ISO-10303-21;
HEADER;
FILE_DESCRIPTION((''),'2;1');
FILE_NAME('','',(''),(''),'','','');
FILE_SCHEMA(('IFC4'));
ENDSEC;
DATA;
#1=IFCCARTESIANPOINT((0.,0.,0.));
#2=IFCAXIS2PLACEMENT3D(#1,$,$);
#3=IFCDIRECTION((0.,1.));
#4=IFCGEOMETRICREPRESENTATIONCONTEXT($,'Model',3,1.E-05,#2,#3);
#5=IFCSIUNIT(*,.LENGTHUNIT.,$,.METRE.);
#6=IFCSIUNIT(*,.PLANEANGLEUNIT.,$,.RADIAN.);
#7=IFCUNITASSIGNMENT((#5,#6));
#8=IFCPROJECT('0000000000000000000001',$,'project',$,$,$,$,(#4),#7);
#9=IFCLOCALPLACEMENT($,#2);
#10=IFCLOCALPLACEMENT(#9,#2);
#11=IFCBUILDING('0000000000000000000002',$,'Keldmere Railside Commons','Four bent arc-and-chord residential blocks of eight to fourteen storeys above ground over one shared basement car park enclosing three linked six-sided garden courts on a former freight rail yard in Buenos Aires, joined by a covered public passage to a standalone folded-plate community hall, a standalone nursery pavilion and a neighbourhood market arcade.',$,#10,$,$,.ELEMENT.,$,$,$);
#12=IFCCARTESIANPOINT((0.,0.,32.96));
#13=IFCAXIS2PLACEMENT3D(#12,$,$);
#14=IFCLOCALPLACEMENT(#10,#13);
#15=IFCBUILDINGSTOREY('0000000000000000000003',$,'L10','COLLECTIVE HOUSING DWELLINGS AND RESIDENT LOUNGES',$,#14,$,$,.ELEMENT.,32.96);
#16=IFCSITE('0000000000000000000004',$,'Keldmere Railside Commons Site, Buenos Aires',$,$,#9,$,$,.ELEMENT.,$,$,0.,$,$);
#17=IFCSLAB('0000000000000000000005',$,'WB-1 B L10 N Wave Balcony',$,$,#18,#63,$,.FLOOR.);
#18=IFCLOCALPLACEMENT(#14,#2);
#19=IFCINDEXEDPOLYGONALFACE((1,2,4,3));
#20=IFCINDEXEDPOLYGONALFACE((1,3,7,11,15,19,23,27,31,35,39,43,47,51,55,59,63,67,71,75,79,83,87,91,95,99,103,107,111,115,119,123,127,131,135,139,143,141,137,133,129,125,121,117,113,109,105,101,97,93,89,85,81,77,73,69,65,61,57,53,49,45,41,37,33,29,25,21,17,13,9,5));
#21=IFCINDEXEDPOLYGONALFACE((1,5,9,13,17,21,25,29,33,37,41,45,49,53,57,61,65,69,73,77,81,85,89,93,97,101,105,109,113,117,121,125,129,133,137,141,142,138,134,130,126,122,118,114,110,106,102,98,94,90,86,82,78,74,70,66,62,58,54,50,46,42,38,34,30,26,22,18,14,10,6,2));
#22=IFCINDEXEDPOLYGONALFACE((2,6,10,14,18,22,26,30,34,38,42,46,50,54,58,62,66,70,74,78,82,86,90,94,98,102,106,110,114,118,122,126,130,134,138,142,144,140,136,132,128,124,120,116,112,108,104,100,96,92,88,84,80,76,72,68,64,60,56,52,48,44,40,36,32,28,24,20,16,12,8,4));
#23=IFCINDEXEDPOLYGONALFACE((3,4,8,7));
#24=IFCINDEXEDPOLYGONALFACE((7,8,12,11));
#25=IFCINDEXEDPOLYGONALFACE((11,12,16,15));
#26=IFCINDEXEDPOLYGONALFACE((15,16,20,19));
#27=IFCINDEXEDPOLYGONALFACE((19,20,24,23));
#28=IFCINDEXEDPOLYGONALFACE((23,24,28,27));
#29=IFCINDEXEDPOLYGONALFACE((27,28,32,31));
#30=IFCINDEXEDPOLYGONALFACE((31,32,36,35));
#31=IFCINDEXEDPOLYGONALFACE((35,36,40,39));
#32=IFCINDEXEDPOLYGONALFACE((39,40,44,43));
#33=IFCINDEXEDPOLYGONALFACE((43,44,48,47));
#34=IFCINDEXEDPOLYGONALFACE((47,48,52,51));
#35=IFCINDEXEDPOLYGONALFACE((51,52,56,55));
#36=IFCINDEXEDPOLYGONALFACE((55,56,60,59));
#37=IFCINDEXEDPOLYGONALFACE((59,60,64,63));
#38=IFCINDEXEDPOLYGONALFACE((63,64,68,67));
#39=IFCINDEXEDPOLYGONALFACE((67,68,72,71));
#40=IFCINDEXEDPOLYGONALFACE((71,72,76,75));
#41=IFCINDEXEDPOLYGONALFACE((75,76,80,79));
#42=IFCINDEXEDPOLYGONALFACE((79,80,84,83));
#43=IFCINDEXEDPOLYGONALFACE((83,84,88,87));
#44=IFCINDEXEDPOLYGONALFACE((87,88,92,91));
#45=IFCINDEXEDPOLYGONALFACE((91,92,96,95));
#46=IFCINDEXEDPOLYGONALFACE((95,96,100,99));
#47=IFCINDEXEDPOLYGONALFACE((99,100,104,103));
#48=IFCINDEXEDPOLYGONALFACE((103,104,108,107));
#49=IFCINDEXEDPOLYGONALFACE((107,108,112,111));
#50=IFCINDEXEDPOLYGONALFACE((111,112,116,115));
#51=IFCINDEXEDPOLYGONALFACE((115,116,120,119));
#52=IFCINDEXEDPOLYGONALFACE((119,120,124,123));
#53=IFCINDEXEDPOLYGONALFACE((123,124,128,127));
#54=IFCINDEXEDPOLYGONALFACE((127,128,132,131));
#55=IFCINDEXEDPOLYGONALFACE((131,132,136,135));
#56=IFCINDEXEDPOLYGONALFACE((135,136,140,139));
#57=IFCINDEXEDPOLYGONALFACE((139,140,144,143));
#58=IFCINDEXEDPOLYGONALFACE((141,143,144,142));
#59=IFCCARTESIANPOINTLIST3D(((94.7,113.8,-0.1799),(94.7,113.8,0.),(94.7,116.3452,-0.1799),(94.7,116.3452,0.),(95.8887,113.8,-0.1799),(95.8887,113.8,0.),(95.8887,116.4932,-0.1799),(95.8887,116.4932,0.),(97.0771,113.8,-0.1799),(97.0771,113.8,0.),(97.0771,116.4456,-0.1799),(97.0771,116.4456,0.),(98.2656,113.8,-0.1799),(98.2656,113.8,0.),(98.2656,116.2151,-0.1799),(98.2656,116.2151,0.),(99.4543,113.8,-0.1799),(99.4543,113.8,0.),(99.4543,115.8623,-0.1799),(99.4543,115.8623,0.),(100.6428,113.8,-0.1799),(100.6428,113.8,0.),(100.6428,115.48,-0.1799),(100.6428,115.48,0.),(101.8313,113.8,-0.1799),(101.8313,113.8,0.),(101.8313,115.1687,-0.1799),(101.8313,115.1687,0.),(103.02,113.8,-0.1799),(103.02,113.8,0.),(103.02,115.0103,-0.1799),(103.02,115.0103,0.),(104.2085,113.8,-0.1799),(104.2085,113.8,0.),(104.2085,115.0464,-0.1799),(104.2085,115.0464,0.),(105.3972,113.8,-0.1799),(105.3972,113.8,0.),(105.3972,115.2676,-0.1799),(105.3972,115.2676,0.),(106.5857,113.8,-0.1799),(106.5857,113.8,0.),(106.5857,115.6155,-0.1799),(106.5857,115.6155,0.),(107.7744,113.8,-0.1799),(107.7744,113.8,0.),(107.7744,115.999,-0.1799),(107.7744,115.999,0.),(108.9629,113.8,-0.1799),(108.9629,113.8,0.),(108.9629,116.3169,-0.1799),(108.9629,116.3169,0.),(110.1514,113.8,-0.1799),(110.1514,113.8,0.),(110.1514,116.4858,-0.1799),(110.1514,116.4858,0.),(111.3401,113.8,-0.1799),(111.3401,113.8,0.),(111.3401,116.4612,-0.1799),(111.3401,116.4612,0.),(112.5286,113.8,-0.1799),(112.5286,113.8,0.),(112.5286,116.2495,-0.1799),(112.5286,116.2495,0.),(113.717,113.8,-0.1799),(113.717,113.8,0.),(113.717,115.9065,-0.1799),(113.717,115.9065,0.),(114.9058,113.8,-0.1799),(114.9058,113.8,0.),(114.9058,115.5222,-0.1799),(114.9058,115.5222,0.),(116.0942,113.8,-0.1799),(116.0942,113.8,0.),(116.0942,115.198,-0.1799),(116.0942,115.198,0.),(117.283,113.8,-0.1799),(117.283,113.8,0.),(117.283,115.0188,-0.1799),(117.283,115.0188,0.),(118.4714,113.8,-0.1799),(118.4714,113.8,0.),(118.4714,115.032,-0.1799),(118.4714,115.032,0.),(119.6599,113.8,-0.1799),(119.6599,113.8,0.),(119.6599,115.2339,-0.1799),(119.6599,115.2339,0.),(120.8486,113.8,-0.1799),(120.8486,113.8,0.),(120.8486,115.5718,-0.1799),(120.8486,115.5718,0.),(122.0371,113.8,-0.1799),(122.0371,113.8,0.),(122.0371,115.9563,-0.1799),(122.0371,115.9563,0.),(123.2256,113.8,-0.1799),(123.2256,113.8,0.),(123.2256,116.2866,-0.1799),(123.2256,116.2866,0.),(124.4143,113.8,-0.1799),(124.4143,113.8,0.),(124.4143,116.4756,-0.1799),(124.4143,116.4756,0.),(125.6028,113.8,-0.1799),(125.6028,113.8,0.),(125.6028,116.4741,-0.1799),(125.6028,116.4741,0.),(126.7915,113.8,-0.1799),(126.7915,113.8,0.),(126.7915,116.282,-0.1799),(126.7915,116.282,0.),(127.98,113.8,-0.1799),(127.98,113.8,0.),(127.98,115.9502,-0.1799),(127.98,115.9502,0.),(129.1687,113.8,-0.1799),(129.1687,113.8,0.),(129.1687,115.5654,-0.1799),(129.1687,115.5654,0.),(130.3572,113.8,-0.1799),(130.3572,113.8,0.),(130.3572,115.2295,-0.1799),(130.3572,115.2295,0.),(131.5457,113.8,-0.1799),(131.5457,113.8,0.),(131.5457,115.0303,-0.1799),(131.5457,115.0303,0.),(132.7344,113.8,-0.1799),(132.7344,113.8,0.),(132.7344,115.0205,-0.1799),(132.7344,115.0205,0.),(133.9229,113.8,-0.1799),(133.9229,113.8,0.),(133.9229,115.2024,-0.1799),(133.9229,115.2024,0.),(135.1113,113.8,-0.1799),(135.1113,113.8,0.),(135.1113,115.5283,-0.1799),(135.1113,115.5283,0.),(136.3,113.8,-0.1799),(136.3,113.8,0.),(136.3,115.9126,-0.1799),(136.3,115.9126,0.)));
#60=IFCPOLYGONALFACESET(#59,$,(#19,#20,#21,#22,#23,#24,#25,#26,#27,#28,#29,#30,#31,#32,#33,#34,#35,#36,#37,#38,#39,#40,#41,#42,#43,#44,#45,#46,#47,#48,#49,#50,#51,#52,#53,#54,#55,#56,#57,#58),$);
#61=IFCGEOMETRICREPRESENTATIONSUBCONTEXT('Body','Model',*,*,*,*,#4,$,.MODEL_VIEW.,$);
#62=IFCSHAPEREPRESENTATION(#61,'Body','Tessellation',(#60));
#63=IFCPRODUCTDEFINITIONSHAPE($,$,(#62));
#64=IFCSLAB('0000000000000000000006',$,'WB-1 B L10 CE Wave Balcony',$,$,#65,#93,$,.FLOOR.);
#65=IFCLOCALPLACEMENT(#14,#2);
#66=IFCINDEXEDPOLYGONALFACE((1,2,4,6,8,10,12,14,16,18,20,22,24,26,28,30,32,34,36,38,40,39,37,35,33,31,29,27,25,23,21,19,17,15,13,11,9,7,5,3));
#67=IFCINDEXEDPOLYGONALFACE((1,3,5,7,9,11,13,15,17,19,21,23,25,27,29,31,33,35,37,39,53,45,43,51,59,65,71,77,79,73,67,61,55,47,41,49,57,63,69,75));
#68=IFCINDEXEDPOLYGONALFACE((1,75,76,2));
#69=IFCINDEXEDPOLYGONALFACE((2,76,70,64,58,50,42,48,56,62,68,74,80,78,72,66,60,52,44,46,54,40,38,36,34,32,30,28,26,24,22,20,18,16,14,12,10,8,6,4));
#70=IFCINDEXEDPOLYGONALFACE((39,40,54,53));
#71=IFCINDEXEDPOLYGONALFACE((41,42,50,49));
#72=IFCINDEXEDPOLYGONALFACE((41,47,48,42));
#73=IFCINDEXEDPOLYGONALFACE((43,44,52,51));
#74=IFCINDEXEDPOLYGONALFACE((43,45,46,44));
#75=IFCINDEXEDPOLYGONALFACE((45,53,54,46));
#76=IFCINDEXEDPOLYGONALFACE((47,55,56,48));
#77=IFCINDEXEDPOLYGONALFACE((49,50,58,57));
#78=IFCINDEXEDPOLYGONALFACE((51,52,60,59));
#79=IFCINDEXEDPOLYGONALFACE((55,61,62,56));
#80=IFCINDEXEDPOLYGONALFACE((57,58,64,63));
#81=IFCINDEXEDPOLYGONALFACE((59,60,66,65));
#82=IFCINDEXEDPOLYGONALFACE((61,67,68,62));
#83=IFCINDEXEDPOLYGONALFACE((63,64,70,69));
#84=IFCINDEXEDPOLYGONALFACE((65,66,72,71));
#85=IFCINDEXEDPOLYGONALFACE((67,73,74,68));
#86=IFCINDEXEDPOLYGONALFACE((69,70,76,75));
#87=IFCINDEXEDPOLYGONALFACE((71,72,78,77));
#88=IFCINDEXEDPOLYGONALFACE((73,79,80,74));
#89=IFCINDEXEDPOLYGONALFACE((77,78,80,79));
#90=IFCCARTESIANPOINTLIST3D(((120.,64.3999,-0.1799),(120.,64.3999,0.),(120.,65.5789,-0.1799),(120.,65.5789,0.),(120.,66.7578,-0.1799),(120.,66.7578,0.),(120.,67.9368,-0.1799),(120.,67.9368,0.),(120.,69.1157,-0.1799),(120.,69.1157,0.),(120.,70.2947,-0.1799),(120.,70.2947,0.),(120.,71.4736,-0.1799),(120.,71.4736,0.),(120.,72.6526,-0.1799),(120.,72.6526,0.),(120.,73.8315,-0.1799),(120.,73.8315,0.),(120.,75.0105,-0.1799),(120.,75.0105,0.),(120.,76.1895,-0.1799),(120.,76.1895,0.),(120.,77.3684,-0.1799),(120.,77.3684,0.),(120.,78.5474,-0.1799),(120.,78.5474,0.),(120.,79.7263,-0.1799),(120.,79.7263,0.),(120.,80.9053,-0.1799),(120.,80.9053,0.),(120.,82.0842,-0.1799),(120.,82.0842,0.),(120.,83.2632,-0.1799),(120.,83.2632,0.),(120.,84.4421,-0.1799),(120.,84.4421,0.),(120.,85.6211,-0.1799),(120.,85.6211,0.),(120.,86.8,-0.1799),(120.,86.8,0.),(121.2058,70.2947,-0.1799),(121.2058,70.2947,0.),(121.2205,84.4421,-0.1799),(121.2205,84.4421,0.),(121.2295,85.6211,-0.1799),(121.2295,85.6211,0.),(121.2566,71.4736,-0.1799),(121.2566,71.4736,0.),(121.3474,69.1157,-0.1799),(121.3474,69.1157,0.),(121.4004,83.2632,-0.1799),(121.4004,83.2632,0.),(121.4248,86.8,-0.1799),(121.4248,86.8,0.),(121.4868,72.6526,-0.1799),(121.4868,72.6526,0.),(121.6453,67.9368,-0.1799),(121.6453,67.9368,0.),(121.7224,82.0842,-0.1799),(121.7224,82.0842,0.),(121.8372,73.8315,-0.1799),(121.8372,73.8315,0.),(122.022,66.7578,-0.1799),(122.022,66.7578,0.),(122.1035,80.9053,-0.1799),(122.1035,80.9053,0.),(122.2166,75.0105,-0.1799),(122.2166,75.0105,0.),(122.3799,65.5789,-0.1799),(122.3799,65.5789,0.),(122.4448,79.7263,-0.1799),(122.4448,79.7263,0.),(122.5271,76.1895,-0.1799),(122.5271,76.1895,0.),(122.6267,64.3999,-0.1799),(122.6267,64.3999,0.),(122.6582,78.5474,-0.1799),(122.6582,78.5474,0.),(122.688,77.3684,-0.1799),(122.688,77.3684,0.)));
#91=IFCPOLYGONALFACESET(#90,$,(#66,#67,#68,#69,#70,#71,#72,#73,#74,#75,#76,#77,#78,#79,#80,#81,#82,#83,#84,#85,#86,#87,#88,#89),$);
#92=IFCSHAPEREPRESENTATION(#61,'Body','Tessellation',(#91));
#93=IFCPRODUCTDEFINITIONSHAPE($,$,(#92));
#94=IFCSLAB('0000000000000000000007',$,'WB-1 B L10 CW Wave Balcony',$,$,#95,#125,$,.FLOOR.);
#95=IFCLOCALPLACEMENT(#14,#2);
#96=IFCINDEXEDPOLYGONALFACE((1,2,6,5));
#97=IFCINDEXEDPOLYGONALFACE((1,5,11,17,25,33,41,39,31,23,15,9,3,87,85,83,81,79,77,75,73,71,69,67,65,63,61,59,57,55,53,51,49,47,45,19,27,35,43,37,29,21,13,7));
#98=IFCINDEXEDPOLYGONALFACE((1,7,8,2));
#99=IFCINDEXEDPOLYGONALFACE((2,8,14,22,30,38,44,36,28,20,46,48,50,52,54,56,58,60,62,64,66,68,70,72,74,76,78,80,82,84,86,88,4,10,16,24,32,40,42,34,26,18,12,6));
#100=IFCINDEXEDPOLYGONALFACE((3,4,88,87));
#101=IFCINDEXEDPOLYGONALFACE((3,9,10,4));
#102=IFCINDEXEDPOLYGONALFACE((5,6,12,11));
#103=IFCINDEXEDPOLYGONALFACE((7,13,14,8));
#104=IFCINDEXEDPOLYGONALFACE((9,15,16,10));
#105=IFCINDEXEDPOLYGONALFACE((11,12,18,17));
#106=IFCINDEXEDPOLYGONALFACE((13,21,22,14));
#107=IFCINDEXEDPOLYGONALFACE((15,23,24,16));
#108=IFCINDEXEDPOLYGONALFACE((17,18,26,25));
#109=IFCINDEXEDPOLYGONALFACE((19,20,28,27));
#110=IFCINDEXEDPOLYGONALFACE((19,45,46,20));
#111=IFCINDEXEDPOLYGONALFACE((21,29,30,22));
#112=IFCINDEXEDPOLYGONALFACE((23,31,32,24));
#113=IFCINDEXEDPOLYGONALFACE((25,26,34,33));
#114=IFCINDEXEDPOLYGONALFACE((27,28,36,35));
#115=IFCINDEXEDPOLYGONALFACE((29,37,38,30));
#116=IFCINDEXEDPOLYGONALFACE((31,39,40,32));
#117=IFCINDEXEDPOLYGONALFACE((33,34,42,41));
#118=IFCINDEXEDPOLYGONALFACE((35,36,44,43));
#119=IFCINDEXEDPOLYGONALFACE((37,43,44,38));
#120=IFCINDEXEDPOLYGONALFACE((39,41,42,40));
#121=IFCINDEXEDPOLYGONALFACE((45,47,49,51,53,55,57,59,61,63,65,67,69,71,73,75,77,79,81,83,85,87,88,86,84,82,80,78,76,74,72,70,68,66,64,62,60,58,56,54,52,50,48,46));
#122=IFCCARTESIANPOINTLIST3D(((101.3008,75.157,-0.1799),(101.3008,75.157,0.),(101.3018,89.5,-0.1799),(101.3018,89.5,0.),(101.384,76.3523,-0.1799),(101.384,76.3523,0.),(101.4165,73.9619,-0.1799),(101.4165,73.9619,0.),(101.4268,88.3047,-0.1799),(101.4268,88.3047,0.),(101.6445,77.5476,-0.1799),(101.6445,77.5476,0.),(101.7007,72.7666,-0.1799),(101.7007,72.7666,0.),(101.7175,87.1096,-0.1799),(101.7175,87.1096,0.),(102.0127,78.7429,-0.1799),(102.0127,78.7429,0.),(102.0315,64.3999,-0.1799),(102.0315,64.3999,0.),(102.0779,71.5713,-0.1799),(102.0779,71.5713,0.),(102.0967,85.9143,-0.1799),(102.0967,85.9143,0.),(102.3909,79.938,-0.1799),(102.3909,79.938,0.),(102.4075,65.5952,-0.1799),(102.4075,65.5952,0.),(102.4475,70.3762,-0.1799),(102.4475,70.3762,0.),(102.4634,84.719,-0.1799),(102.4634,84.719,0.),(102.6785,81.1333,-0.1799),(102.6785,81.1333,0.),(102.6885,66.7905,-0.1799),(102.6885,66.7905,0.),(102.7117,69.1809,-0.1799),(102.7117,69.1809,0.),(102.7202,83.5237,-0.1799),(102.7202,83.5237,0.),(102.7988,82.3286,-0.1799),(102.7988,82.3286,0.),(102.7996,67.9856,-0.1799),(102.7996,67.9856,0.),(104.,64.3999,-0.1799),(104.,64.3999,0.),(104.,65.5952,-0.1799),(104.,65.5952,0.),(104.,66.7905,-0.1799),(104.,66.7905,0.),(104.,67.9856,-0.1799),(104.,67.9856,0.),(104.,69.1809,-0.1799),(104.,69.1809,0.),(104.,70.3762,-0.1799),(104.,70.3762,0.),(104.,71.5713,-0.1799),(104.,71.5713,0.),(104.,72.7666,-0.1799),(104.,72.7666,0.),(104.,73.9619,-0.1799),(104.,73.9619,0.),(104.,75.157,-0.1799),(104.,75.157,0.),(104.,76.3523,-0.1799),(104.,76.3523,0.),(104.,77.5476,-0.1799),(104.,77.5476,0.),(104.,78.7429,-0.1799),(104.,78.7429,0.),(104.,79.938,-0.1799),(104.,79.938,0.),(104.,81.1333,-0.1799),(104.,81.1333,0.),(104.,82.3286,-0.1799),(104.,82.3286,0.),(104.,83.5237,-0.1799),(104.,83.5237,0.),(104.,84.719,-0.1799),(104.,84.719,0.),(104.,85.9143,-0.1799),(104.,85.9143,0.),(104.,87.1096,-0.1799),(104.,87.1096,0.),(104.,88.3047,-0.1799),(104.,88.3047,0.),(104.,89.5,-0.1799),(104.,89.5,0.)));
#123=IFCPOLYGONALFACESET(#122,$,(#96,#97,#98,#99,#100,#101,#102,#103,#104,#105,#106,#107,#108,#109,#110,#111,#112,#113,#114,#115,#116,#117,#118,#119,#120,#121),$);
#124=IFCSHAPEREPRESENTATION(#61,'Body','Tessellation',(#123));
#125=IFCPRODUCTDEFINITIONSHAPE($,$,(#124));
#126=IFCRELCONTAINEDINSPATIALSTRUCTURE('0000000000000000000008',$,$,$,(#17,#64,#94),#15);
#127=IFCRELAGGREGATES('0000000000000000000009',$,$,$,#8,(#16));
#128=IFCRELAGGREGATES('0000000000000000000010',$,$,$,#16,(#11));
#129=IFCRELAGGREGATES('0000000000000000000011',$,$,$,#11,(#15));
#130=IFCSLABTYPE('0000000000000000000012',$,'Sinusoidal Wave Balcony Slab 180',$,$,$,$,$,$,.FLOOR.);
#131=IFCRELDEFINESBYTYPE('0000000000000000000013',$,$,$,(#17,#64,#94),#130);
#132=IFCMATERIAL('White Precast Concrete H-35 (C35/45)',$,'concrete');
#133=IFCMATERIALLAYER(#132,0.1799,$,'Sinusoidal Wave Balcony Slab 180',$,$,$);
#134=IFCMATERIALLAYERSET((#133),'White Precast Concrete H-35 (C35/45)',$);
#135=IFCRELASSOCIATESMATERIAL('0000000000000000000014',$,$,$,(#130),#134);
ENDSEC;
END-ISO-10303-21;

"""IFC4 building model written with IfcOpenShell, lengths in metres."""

from ifc_helpers import new_model, si_unit, direction, frame, origin, place, context, subcontext, project, spatial, polyline, outline, extrude, material, layer, layer_set, type_object, element, save


model = new_model("IFC4")

# Units and contexts
model_context = context("Model", 3, precision=1e-05, world=origin(), true_north=direction((0.0, 1.0)))
body_context = subcontext(model_context, "Body", "Model", "MODEL_VIEW")
ifc_project = project(units=[si_unit("LENGTHUNIT", "METRE"), si_unit("PLANEANGLEUNIT", "RADIAN")], contexts=[model_context])

# Site, building, storey
site_placement = place(None, origin())
site = spatial("IfcSite", under=ifc_project, at=site_placement, Name="Keldmere Railside Commons Site, Buenos Aires", CompositionType="ELEMENT", RefElevation=0.0)
building_placement = place(site_placement, origin())
building = spatial("IfcBuilding", under=site, at=building_placement, Name="Keldmere Railside Commons", Description="Four bent arc-and-chord residential blocks of eight to fourteen storeys above ground over one shared basement car park enclosing three linked six-sided garden courts on a former freight rail yard in Buenos Aires, joined by a covered public passage to a standalone folded-plate community hall, a standalone nursery pavilion and a neighbourhood market arcade.", CompositionType="ELEMENT")
storey_placement = place(building_placement, frame((0.0, 0.0, 32.96)))
storey = spatial("IfcBuildingStorey", under=building, at=storey_placement, Name="L10", Description="COLLECTIVE HOUSING DWELLINGS AND RESIDENT LOUNGES", CompositionType="ELEMENT", Elevation=32.96)

# Slabs
ifc_material_1 = material(Name="White Precast Concrete H-35 (C35/45)", Category="concrete")
ifc_layer_1 = layer(ifc_material_1, 0.1799, Name="Sinusoidal Wave Balcony Slab 180")
ifc_layer_set_1 = layer_set([ifc_layer_1], Name="White Precast Concrete H-35 (C35/45)")
slab_type_1 = type_object("IfcSlabType", Name="Sinusoidal Wave Balcony Slab 180", PredefinedType="FLOOR", material=ifc_layer_set_1)
slab_1_placement = place(storey_placement, frame((0.0, 0.0, -0.1799)))
element("IfcSlab", 1, at=slab_1_placement, inside=storey, type_object=slab_type_1, Name="WB-1 B L10 N Wave Balcony", PredefinedType="FLOOR", context=body_context, shape_type="SweptSolid", body=[
    extrude(outline(polyline([(94.7, 113.8), (95.8887, 113.8), (97.0771, 113.8), (98.2656, 113.8), (99.4543, 113.8), (100.6428, 113.8), (101.8313, 113.8), (103.02, 113.8), (104.2085, 113.8), (105.3972, 113.8), (106.5857, 113.8), (107.7744, 113.8), (108.9629, 113.8), (110.1514, 113.8), (111.3401, 113.8), (112.5286, 113.8), (113.717, 113.8), (114.9058, 113.8), (116.0942, 113.8), (117.283, 113.8), (118.4714, 113.8), (119.6599, 113.8), (120.8486, 113.8), (122.0371, 113.8), (123.2256, 113.8), (124.4143, 113.8), (125.6028, 113.8), (126.7915, 113.8), (127.98, 113.8), (129.1687, 113.8), (130.3572, 113.8), (131.5457, 113.8), (132.7344, 113.8), (133.9229, 113.8), (135.1113, 113.8), (136.3, 113.8), (136.3, 115.9126), (135.1113, 115.5283), (133.9229, 115.2024), (132.7344, 115.0205), (131.5457, 115.0303), (130.3572, 115.2295), (129.1687, 115.5654), (127.98, 115.9502), (126.7915, 116.282), (125.6028, 116.4741), (124.4143, 116.4756), (123.2256, 116.2866), (122.0371, 115.9563), (120.8486, 115.5718), (119.6599, 115.2339), (118.4714, 115.032), (117.283, 115.0188), (116.0942, 115.198), (114.9058, 115.5222), (113.717, 115.9065), (112.5286, 116.2495), (111.3401, 116.4612), (110.1514, 116.4858), (108.9629, 116.3169), (107.7744, 115.999), (106.5857, 115.6155), (105.3972, 115.2676), (104.2085, 115.0464), (103.02, 115.0103), (101.8313, 115.1687), (100.6428, 115.48), (99.4543, 115.8623), (98.2656, 116.2151), (97.0771, 116.4456), (95.8887, 116.4932), (94.7, 116.3452), (94.7, 113.8)])), origin(), (0.0, 0.0, 1.0), 0.1799),
])
slab_2_placement = place(storey_placement, frame((0.0, 0.0, -0.1799)))
element("IfcSlab", 2, at=slab_2_placement, inside=storey, type_object=slab_type_1, Name="WB-1 B L10 CE Wave Balcony", PredefinedType="FLOOR", context=body_context, shape_type="SweptSolid", body=[
    extrude(outline(polyline([(122.6267, 64.3999), (122.3799, 65.5789), (122.022, 66.7578), (121.6453, 67.9368), (121.3474, 69.1157), (121.2058, 70.2947), (121.2566, 71.4736), (121.4868, 72.6526), (121.8372, 73.8315), (122.2166, 75.0105), (122.5271, 76.1895), (122.688, 77.3684), (122.6582, 78.5474), (122.4448, 79.7263), (122.1035, 80.9053), (121.7224, 82.0842), (121.4004, 83.2632), (121.2205, 84.4421), (121.2295, 85.6211), (121.4248, 86.8), (120.0, 86.8), (120.0, 85.6211), (120.0, 84.4421), (120.0, 83.2632), (120.0, 82.0842), (120.0, 80.9053), (120.0, 79.7263), (120.0, 78.5474), (120.0, 77.3684), (120.0, 76.1895), (120.0, 75.0105), (120.0, 73.8315), (120.0, 72.6526), (120.0, 71.4736), (120.0, 70.2947), (120.0, 69.1157), (120.0, 67.9368), (120.0, 66.7578), (120.0, 65.5789), (120.0, 64.3999), (122.6267, 64.3999)])), origin(), (0.0, 0.0, 1.0), 0.1799),
])
slab_3_placement = place(storey_placement, frame((0.0, 0.0, -0.1799)))
element("IfcSlab", 3, at=slab_3_placement, inside=storey, type_object=slab_type_1, Name="WB-1 B L10 CW Wave Balcony", PredefinedType="FLOOR", context=body_context, shape_type="SweptSolid", body=[
    extrude(outline(polyline([(104.0, 64.3999), (104.0, 65.5952), (104.0, 66.7905), (104.0, 67.9856), (104.0, 69.1809), (104.0, 70.3762), (104.0, 71.5713), (104.0, 72.7666), (104.0, 73.9619), (104.0, 75.157), (104.0, 76.3523), (104.0, 77.5476), (104.0, 78.7429), (104.0, 79.938), (104.0, 81.1333), (104.0, 82.3286), (104.0, 83.5237), (104.0, 84.719), (104.0, 85.9143), (104.0, 87.1096), (104.0, 88.3047), (104.0, 89.5), (101.3018, 89.5), (101.4268, 88.3047), (101.7175, 87.1096), (102.0967, 85.9143), (102.4634, 84.719), (102.7202, 83.5237), (102.7988, 82.3286), (102.6785, 81.1333), (102.3909, 79.938), (102.0127, 78.7429), (101.6445, 77.5476), (101.384, 76.3523), (101.3008, 75.157), (101.4165, 73.9619), (101.7007, 72.7666), (102.0779, 71.5713), (102.4475, 70.3762), (102.7117, 69.1809), (102.7996, 67.9856), (102.6885, 66.7905), (102.4075, 65.5952), (102.0315, 64.3999), (104.0, 64.3999)])), origin(), (0.0, 0.0, 1.0), 0.1799),
])

save(model, "model.ifc")
